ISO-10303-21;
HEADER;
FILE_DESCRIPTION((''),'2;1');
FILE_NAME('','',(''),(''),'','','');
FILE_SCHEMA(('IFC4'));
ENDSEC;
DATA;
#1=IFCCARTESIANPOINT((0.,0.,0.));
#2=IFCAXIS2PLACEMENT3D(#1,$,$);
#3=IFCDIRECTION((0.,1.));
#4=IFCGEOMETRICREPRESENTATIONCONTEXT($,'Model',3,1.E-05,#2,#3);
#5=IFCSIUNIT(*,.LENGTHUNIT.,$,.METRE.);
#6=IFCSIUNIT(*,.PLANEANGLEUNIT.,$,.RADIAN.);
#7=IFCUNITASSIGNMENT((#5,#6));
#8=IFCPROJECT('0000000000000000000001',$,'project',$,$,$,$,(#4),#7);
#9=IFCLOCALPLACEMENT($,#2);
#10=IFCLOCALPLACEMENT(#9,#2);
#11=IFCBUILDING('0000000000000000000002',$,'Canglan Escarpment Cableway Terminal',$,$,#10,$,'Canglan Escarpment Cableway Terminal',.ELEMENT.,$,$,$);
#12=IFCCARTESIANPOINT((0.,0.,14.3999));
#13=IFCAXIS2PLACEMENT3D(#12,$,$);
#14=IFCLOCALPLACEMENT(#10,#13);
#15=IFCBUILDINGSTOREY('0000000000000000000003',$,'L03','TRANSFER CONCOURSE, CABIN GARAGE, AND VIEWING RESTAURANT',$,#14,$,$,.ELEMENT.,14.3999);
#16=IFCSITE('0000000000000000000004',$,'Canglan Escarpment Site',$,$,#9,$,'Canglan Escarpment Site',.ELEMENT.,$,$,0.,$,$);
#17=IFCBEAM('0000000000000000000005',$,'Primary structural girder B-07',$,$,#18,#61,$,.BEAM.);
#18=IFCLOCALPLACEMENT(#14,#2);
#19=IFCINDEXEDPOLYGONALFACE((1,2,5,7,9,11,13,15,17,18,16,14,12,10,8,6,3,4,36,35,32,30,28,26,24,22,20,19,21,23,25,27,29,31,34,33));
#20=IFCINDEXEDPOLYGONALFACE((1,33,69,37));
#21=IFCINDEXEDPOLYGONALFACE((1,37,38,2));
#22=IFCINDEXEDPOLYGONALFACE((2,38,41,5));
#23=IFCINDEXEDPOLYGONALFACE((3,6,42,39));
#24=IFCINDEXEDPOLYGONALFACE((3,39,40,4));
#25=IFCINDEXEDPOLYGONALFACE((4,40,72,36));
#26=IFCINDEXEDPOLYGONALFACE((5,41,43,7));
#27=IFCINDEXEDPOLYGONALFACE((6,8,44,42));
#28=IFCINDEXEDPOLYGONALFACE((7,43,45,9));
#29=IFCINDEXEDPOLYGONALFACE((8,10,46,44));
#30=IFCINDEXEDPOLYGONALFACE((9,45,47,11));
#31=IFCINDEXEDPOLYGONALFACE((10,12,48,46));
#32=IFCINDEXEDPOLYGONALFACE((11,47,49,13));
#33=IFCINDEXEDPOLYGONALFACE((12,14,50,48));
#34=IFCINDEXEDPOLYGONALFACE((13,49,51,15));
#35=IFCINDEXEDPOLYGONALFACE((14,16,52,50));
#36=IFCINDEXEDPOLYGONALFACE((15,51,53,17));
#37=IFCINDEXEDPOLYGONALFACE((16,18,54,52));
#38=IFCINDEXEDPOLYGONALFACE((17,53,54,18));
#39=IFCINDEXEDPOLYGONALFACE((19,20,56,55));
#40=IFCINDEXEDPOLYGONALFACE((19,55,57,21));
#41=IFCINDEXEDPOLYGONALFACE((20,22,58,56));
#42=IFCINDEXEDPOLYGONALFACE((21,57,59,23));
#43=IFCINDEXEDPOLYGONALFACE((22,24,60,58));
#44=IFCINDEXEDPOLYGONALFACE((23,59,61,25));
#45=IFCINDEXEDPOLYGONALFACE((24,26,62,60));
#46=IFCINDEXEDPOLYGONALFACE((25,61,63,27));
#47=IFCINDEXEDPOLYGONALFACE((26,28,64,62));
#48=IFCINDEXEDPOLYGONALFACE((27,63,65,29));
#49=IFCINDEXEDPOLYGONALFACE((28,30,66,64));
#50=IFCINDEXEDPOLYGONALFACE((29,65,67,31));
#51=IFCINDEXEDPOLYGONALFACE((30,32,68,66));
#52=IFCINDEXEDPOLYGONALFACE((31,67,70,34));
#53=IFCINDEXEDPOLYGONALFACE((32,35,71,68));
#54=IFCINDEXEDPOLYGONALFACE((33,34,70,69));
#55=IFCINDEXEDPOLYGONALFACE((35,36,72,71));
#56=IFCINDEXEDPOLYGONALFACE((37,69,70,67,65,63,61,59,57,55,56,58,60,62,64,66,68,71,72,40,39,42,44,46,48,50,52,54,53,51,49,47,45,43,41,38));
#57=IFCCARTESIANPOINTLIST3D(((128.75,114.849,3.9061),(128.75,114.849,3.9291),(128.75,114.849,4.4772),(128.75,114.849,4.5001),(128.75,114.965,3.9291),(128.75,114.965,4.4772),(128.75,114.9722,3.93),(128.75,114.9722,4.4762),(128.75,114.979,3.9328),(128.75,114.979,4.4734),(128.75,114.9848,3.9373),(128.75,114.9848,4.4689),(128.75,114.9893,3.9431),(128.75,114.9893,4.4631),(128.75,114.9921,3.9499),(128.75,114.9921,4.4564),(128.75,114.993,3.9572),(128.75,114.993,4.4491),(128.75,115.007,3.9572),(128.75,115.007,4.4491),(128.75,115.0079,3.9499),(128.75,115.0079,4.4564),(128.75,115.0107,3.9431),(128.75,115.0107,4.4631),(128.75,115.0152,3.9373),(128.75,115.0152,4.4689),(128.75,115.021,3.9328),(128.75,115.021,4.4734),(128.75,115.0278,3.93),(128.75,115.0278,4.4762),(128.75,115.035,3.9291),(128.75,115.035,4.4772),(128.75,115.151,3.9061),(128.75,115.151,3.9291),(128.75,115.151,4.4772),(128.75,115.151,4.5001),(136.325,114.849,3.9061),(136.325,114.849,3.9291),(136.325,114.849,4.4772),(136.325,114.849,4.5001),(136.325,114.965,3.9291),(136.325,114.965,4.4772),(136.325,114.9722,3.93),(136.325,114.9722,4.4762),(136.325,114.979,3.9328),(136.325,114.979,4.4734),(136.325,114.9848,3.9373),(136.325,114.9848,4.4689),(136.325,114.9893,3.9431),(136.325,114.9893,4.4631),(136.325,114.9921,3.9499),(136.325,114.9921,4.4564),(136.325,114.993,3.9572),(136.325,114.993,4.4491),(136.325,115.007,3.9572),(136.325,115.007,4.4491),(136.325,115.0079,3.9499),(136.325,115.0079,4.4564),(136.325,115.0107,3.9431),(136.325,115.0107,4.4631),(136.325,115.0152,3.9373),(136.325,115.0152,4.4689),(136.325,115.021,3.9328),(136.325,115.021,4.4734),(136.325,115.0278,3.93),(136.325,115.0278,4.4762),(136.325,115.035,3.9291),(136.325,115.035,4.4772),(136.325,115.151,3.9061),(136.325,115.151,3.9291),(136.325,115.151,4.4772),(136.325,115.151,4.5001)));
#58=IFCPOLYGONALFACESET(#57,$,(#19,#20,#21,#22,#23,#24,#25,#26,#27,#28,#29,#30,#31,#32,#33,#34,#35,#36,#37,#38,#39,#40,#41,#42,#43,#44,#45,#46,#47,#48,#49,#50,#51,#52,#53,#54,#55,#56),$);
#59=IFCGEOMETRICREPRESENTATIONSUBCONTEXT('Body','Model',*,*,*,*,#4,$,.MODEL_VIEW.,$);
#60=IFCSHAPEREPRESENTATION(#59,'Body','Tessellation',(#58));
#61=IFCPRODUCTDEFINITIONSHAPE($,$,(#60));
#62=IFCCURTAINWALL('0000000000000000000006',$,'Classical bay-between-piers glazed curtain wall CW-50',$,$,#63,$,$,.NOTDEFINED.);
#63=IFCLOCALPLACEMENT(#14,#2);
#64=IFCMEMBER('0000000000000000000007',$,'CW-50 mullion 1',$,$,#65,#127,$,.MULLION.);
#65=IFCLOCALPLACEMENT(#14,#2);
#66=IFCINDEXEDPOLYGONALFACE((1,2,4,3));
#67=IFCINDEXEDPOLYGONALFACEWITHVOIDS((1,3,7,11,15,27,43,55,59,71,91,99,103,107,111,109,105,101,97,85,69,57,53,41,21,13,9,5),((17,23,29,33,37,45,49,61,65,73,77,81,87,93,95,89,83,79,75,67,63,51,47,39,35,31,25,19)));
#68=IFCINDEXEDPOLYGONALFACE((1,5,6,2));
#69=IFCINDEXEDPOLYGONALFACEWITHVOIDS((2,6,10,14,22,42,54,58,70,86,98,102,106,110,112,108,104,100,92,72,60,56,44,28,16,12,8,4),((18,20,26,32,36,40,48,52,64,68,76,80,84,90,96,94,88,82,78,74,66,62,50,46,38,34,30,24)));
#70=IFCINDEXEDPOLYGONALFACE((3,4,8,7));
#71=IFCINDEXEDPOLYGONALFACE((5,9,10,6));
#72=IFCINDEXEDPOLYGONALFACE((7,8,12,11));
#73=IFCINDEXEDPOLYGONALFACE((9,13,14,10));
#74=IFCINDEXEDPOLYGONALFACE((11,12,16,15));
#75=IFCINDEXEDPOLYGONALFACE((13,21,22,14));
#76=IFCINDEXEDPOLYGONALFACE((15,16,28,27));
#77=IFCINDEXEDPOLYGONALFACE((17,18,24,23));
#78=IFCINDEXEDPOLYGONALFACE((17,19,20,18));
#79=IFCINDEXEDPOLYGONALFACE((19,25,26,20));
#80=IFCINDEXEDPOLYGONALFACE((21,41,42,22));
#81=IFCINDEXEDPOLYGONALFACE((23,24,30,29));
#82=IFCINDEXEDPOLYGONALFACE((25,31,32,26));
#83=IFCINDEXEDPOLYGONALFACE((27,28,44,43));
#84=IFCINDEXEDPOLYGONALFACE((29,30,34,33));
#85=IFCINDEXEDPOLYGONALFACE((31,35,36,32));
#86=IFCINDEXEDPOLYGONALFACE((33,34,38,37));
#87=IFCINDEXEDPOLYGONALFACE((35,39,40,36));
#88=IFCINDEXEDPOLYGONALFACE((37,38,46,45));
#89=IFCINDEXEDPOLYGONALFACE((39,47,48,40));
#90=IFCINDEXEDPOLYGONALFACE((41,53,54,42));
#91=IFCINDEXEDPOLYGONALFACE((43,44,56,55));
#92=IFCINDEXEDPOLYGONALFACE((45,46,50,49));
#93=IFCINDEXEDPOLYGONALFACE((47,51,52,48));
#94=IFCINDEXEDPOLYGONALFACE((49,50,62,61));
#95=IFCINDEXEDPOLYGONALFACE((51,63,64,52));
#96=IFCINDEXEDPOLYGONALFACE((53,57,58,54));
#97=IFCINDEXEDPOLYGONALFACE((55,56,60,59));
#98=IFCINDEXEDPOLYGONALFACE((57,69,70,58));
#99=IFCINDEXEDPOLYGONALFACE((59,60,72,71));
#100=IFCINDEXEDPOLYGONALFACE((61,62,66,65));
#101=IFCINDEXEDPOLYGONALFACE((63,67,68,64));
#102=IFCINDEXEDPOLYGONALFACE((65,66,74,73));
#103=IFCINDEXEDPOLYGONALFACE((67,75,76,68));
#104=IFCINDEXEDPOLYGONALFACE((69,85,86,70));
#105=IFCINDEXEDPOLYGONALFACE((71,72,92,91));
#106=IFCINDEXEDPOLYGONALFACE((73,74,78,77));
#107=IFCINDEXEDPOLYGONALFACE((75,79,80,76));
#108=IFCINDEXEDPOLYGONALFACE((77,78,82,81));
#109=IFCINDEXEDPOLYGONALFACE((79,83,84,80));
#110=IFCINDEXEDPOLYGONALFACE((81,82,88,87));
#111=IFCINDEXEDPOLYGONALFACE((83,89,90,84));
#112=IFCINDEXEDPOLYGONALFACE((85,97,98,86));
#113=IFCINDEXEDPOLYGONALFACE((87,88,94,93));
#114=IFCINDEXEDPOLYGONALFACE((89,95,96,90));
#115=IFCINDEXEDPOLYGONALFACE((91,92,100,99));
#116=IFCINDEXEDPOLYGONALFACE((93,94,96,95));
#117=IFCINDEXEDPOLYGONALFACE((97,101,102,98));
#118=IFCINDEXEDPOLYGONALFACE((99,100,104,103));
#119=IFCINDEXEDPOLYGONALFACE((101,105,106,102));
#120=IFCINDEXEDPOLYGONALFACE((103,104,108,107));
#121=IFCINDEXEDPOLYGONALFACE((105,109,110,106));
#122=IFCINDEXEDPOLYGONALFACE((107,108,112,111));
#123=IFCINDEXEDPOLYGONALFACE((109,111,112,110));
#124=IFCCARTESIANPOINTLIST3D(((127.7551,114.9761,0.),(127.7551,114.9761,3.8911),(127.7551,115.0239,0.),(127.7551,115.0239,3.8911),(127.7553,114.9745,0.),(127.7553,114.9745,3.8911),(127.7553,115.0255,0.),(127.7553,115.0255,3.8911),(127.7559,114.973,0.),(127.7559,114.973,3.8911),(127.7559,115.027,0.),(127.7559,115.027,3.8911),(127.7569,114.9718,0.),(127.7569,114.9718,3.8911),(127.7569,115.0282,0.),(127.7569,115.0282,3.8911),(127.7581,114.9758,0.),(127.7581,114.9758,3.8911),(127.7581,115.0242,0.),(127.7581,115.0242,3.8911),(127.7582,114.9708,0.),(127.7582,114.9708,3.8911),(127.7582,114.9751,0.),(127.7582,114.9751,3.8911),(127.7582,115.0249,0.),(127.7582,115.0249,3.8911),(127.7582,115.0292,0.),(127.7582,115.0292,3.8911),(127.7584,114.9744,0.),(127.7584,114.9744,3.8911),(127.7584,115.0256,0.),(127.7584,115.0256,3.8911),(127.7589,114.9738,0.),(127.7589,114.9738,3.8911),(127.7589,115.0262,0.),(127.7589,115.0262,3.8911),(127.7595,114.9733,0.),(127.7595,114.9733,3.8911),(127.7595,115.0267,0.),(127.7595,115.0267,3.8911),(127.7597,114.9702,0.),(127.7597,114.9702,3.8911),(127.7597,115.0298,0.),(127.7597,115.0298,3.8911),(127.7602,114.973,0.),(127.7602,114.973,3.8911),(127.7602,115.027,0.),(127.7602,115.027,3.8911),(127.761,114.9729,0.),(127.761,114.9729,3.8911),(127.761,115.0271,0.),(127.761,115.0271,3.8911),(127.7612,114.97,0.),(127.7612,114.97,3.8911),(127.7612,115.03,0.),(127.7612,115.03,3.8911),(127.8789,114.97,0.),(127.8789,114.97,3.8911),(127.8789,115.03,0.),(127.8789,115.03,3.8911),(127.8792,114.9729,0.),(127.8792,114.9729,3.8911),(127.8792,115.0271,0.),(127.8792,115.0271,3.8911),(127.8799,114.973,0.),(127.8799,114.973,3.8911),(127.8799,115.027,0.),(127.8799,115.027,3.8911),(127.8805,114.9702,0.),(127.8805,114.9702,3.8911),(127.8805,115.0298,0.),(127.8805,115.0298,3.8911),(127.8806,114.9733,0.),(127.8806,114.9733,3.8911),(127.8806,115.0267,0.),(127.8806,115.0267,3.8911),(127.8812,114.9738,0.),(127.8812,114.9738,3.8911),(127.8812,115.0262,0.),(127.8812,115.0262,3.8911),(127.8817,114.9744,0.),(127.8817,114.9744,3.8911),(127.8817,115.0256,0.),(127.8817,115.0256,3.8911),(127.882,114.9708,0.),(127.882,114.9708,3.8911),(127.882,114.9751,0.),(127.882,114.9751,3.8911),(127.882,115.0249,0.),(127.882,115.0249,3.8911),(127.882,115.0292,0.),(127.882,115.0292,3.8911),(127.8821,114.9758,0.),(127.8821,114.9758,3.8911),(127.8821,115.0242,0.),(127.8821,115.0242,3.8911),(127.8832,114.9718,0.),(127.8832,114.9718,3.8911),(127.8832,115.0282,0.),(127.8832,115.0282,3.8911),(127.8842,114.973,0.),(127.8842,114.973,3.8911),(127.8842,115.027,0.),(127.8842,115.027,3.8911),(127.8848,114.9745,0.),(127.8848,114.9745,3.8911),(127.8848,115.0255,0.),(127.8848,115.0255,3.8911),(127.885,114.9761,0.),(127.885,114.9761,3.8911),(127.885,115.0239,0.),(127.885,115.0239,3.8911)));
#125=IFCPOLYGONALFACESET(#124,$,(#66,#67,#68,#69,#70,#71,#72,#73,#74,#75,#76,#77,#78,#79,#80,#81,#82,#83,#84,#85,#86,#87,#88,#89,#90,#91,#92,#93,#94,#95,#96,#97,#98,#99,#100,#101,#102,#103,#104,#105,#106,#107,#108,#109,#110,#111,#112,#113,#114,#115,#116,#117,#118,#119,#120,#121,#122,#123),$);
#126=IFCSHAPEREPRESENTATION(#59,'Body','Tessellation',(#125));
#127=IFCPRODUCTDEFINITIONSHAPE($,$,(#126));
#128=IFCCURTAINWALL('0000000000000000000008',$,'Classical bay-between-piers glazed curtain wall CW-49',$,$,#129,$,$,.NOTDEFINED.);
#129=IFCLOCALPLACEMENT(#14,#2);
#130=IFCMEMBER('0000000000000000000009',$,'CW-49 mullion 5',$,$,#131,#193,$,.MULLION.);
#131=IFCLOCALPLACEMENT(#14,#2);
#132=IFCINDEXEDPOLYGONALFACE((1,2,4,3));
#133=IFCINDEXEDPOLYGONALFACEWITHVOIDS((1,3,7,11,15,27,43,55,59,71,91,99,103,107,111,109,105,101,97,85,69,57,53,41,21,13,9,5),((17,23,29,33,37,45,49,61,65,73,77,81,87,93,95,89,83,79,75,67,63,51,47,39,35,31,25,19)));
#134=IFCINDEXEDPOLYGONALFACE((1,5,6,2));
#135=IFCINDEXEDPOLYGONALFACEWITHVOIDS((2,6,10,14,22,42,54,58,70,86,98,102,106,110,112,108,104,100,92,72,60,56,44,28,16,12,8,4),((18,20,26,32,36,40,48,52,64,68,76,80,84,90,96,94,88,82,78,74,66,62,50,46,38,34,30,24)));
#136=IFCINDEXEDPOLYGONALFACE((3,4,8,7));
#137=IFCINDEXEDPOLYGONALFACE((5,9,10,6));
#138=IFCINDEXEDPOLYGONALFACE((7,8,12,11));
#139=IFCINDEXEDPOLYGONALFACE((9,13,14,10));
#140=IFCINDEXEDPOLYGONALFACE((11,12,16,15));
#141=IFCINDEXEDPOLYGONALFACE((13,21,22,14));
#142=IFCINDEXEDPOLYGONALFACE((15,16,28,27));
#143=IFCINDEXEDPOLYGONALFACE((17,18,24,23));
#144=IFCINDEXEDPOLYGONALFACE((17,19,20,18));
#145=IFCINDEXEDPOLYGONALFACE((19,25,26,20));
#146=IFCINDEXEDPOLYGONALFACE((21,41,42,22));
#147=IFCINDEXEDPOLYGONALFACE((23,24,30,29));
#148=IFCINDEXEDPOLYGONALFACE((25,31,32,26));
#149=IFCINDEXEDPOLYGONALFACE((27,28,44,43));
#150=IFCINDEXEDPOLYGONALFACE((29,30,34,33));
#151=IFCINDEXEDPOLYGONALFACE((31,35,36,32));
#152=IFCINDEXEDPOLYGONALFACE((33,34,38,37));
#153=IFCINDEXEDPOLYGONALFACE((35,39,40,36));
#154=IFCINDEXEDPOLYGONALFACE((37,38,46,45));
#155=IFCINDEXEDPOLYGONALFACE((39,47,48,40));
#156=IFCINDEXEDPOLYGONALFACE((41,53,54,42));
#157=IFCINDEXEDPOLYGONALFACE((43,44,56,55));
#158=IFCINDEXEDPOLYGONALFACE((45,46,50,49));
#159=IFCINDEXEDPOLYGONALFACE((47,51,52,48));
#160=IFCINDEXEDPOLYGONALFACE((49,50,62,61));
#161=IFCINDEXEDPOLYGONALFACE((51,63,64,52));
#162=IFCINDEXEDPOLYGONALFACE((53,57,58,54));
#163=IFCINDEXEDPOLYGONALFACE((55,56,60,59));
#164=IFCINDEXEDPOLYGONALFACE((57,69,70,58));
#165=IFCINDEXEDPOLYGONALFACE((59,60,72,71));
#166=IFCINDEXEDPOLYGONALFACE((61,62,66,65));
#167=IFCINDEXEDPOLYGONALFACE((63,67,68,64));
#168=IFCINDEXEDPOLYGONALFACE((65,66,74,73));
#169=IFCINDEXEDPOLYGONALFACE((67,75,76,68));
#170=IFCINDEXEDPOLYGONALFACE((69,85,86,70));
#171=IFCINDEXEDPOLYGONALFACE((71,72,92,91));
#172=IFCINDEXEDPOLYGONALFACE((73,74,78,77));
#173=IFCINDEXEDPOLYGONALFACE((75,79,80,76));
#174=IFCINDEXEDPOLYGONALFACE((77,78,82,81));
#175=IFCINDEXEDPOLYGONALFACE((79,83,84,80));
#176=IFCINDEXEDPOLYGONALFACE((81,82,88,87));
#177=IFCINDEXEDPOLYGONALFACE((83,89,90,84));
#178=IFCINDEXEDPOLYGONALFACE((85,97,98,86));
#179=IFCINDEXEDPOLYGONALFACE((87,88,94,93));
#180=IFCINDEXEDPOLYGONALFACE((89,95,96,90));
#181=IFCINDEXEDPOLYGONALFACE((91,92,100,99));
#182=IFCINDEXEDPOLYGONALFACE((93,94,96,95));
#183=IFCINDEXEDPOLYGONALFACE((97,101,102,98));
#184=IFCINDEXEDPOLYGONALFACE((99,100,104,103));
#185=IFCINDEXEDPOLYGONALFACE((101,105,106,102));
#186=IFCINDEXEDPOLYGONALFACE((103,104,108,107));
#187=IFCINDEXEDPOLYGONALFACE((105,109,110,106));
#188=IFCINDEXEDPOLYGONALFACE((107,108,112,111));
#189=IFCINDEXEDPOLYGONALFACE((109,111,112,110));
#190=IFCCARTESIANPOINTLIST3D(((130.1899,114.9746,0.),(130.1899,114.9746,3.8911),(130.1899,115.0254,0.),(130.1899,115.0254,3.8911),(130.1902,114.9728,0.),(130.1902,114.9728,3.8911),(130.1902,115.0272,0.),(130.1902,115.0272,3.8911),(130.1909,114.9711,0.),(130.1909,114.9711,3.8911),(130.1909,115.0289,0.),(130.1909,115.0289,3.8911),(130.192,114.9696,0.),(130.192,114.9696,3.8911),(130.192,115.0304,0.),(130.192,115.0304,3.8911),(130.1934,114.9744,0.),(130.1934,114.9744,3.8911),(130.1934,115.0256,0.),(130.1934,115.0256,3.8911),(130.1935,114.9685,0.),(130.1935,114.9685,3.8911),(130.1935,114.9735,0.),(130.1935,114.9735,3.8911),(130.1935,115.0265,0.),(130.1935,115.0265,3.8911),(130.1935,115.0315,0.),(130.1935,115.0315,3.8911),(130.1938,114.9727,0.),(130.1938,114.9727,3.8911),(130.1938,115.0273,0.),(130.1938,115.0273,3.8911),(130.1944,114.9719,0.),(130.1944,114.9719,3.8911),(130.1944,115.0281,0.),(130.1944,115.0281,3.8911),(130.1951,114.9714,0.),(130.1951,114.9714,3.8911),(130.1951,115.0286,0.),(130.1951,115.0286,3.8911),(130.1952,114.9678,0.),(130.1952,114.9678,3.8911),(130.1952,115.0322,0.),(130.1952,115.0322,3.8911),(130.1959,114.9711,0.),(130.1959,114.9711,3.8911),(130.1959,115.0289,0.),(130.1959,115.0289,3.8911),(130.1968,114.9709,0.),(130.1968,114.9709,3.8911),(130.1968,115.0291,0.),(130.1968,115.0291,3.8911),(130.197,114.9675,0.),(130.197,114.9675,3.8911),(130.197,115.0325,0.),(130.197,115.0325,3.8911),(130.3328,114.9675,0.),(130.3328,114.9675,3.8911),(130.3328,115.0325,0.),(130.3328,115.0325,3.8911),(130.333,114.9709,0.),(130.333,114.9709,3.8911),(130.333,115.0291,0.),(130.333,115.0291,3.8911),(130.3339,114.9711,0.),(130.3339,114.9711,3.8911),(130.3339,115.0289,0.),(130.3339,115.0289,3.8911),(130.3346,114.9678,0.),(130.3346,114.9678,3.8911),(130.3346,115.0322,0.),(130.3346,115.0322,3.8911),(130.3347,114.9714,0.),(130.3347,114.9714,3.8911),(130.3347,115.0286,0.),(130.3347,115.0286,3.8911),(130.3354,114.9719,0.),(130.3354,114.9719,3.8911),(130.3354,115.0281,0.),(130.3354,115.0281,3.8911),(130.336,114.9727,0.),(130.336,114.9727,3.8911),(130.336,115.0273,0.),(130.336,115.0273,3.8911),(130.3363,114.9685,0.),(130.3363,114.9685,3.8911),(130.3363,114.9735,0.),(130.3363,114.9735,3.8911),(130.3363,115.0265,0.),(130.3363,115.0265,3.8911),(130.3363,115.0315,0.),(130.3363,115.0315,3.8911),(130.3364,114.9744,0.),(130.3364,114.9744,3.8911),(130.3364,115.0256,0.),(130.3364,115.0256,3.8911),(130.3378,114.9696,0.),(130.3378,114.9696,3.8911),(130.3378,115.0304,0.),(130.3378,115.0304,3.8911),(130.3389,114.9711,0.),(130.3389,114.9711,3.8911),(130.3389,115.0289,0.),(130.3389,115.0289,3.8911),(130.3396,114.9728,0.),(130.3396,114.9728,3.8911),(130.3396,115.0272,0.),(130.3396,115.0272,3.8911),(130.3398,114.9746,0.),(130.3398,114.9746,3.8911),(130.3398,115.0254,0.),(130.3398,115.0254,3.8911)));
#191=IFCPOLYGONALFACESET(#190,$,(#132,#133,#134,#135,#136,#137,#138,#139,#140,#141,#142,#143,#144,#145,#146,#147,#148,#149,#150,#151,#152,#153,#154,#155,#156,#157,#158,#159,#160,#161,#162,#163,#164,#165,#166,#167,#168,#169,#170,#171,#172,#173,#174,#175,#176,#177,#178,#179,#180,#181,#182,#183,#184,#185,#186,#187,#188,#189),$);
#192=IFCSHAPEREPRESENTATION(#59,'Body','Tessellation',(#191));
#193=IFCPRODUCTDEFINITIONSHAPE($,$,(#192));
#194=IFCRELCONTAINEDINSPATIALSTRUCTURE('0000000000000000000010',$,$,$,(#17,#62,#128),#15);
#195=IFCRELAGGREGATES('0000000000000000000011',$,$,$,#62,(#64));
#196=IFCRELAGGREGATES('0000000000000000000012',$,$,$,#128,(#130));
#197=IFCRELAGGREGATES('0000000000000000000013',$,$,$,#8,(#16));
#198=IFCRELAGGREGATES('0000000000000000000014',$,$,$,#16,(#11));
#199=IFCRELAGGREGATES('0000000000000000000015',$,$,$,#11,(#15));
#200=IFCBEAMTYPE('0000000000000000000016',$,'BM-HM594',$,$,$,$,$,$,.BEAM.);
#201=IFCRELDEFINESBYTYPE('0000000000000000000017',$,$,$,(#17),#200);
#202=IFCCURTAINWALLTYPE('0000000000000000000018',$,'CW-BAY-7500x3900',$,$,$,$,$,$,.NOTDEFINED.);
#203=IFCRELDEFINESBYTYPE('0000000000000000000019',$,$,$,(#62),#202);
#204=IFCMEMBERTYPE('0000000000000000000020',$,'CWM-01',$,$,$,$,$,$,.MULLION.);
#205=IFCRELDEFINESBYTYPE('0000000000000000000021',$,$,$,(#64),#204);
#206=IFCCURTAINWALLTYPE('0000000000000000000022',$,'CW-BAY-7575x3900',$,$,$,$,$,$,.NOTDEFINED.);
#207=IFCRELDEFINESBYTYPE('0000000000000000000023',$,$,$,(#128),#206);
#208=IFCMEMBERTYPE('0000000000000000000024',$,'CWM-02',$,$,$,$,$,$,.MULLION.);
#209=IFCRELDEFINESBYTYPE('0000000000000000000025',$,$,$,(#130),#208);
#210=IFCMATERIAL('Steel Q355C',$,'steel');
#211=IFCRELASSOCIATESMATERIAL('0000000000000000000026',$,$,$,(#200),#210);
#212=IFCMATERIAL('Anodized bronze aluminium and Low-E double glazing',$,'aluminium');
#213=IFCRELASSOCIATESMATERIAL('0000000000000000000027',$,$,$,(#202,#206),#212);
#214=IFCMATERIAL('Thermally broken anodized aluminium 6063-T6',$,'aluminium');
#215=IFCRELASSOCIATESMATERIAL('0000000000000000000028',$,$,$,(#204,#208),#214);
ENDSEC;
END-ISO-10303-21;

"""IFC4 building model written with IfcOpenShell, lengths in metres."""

from ifc_helpers import new_model, si_unit, direction, frame, origin, origin_2d, place, context, subcontext, project, spatial, hollow_rectangle, i_section, extrude, material, material_profile, profile_set, type_object, element, aggregate, save


model = new_model("IFC4")

# Units and contexts
model_context = context("Model", 3, precision=1e-05, world=origin(), true_north=direction((0.0, 1.0)))
body_context = subcontext(model_context, "Body", "Model", "MODEL_VIEW")
ifc_project = project(units=[si_unit("LENGTHUNIT", "METRE"), si_unit("PLANEANGLEUNIT", "RADIAN")], contexts=[model_context])

# Site, building, storey
site_placement = place(None, origin())
site = spatial("IfcSite", under=ifc_project, at=site_placement, Name="Canglan Escarpment Site", LongName="Canglan Escarpment Site", CompositionType="ELEMENT", RefElevation=0.0)
building_placement = place(site_placement, origin())
building = spatial("IfcBuilding", under=site, at=building_placement, Name="Canglan Escarpment Cableway Terminal", LongName="Canglan Escarpment Cableway Terminal", CompositionType="ELEMENT")
storey_placement = place(building_placement, frame((0.0, 0.0, 14.3999)))
storey = spatial("IfcBuildingStorey", under=building, at=storey_placement, Name="L03", Description="TRANSFER CONCOURSE, CABIN GARAGE, AND VIEWING RESTAURANT", CompositionType="ELEMENT", Elevation=14.3999)

# Beam
ifc_material_1 = material(Name="Steel Q355C", Category="steel")
ifc_material_profile_1 = material_profile(ifc_material_1, i_section(OverallWidth=0.302, OverallDepth=0.594, WebThickness=0.0139, FlangeThickness=0.0229, FilletRadius=0.0281, at=origin_2d()), Name="HM 594x302x14x23")
ifc_profile_set_1 = profile_set([ifc_material_profile_1], Name="Steel Q355C")
beam_type = type_object("IfcBeamType", Name="BM-HM594", PredefinedType="BEAM", material=ifc_profile_set_1)
beam_placement = place(storey_placement, frame((128.75, 115.0, 4.2031), z_axis=(1.0, 0.0, 0.0), x_axis=(0.0, 1.0, 0.0)))
element("IfcBeam", 1, at=beam_placement, inside=storey, type_object=beam_type, Name="Primary structural girder B-07", PredefinedType="BEAM", context=body_context, shape_type="SweptSolid", body=[
    extrude(i_section(OverallWidth=0.302, OverallDepth=0.594, WebThickness=0.0139, FlangeThickness=0.0229, FilletRadius=0.0281, at=origin_2d()), origin(), (0.0, 0.0, 1.0), 7.575),
])

# Curtain wall, member
ifc_material_2 = material(Name="Anodized bronze aluminium and Low-E double glazing", Category="aluminium")
curtain_wall_type_1 = type_object("IfcCurtainWallType", Name="CW-BAY-7500x3900", PredefinedType="NOTDEFINED", material=ifc_material_2)
curtain_wall_1_placement = place(storey_placement, origin())
curtain_wall_1 = element("IfcCurtainWall", 2, at=curtain_wall_1_placement, inside=storey, type_object=curtain_wall_type_1, Name="Classical bay-between-piers glazed curtain wall CW-50", PredefinedType="NOTDEFINED")
ifc_material_3 = material(Name="Thermally broken anodized aluminium 6063-T6", Category="aluminium")
ifc_material_profile_2 = material_profile(ifc_material_3, hollow_rectangle(XDim=0.0601, YDim=0.1299, WallThickness=0.0029, InnerFilletRadius=0.0029, OuterFilletRadius=0.0061, at=origin_2d()), Name="ALU-MULL 60x130x3")
ifc_profile_set_2 = profile_set([ifc_material_profile_2], Name="Thermally broken anodized aluminium 6063-T6")
member_type_1 = type_object("IfcMemberType", Name="CWM-01", PredefinedType="MULLION", material=ifc_profile_set_2)
member_1_placement = place(storey_placement, frame((127.8201, 115.0, 0.0), z_axis=(0.0, 0.0, 1.0), x_axis=(0.0, -1.0, 0.0)))
member_1 = element("IfcMember", 3, at=member_1_placement, type_object=member_type_1, Name="CW-50 mullion 1", PredefinedType="MULLION", context=body_context, shape_type="SweptSolid", body=[
    extrude(hollow_rectangle(XDim=0.0601, YDim=0.1299, WallThickness=0.0029, InnerFilletRadius=0.0029, OuterFilletRadius=0.0061, at=origin_2d()), origin(), (0.0, 0.0, 1.0), 3.8911),
])

# Curtain wall, member
curtain_wall_type_2 = type_object("IfcCurtainWallType", Name="CW-BAY-7575x3900", PredefinedType="NOTDEFINED", material=ifc_material_2)
curtain_wall_2_placement = place(storey_placement, origin())
curtain_wall_2 = element("IfcCurtainWall", 4, at=curtain_wall_2_placement, inside=storey, type_object=curtain_wall_type_2, Name="Classical bay-between-piers glazed curtain wall CW-49", PredefinedType="NOTDEFINED")
ifc_material_profile_3 = material_profile(ifc_material_3, hollow_rectangle(XDim=0.0649, YDim=0.1499, WallThickness=0.0034, InnerFilletRadius=0.0034, OuterFilletRadius=0.0071, at=origin_2d()), Name="ALU-MULL 65x150x3.5")
ifc_profile_set_3 = profile_set([ifc_material_profile_3], Name="Thermally broken anodized aluminium 6063-T6")
member_type_2 = type_object("IfcMemberType", Name="CWM-02", PredefinedType="MULLION", material=ifc_profile_set_3)
member_2_placement = place(storey_placement, frame((130.2649, 115.0, 0.0), z_axis=(0.0, 0.0, 1.0), x_axis=(0.0, -1.0, 0.0)))
member_2 = element("IfcMember", 5, at=member_2_placement, type_object=member_type_2, Name="CW-49 mullion 5", PredefinedType="MULLION", context=body_context, shape_type="SweptSolid", body=[
    extrude(hollow_rectangle(XDim=0.0649, YDim=0.1499, WallThickness=0.0034, InnerFilletRadius=0.0034, OuterFilletRadius=0.0071, at=origin_2d()), origin(), (0.0, 0.0, 1.0), 3.8911),
])

aggregate(curtain_wall_1, [member_1])
aggregate(curtain_wall_2, [member_2])

save(model, "model.ifc")
